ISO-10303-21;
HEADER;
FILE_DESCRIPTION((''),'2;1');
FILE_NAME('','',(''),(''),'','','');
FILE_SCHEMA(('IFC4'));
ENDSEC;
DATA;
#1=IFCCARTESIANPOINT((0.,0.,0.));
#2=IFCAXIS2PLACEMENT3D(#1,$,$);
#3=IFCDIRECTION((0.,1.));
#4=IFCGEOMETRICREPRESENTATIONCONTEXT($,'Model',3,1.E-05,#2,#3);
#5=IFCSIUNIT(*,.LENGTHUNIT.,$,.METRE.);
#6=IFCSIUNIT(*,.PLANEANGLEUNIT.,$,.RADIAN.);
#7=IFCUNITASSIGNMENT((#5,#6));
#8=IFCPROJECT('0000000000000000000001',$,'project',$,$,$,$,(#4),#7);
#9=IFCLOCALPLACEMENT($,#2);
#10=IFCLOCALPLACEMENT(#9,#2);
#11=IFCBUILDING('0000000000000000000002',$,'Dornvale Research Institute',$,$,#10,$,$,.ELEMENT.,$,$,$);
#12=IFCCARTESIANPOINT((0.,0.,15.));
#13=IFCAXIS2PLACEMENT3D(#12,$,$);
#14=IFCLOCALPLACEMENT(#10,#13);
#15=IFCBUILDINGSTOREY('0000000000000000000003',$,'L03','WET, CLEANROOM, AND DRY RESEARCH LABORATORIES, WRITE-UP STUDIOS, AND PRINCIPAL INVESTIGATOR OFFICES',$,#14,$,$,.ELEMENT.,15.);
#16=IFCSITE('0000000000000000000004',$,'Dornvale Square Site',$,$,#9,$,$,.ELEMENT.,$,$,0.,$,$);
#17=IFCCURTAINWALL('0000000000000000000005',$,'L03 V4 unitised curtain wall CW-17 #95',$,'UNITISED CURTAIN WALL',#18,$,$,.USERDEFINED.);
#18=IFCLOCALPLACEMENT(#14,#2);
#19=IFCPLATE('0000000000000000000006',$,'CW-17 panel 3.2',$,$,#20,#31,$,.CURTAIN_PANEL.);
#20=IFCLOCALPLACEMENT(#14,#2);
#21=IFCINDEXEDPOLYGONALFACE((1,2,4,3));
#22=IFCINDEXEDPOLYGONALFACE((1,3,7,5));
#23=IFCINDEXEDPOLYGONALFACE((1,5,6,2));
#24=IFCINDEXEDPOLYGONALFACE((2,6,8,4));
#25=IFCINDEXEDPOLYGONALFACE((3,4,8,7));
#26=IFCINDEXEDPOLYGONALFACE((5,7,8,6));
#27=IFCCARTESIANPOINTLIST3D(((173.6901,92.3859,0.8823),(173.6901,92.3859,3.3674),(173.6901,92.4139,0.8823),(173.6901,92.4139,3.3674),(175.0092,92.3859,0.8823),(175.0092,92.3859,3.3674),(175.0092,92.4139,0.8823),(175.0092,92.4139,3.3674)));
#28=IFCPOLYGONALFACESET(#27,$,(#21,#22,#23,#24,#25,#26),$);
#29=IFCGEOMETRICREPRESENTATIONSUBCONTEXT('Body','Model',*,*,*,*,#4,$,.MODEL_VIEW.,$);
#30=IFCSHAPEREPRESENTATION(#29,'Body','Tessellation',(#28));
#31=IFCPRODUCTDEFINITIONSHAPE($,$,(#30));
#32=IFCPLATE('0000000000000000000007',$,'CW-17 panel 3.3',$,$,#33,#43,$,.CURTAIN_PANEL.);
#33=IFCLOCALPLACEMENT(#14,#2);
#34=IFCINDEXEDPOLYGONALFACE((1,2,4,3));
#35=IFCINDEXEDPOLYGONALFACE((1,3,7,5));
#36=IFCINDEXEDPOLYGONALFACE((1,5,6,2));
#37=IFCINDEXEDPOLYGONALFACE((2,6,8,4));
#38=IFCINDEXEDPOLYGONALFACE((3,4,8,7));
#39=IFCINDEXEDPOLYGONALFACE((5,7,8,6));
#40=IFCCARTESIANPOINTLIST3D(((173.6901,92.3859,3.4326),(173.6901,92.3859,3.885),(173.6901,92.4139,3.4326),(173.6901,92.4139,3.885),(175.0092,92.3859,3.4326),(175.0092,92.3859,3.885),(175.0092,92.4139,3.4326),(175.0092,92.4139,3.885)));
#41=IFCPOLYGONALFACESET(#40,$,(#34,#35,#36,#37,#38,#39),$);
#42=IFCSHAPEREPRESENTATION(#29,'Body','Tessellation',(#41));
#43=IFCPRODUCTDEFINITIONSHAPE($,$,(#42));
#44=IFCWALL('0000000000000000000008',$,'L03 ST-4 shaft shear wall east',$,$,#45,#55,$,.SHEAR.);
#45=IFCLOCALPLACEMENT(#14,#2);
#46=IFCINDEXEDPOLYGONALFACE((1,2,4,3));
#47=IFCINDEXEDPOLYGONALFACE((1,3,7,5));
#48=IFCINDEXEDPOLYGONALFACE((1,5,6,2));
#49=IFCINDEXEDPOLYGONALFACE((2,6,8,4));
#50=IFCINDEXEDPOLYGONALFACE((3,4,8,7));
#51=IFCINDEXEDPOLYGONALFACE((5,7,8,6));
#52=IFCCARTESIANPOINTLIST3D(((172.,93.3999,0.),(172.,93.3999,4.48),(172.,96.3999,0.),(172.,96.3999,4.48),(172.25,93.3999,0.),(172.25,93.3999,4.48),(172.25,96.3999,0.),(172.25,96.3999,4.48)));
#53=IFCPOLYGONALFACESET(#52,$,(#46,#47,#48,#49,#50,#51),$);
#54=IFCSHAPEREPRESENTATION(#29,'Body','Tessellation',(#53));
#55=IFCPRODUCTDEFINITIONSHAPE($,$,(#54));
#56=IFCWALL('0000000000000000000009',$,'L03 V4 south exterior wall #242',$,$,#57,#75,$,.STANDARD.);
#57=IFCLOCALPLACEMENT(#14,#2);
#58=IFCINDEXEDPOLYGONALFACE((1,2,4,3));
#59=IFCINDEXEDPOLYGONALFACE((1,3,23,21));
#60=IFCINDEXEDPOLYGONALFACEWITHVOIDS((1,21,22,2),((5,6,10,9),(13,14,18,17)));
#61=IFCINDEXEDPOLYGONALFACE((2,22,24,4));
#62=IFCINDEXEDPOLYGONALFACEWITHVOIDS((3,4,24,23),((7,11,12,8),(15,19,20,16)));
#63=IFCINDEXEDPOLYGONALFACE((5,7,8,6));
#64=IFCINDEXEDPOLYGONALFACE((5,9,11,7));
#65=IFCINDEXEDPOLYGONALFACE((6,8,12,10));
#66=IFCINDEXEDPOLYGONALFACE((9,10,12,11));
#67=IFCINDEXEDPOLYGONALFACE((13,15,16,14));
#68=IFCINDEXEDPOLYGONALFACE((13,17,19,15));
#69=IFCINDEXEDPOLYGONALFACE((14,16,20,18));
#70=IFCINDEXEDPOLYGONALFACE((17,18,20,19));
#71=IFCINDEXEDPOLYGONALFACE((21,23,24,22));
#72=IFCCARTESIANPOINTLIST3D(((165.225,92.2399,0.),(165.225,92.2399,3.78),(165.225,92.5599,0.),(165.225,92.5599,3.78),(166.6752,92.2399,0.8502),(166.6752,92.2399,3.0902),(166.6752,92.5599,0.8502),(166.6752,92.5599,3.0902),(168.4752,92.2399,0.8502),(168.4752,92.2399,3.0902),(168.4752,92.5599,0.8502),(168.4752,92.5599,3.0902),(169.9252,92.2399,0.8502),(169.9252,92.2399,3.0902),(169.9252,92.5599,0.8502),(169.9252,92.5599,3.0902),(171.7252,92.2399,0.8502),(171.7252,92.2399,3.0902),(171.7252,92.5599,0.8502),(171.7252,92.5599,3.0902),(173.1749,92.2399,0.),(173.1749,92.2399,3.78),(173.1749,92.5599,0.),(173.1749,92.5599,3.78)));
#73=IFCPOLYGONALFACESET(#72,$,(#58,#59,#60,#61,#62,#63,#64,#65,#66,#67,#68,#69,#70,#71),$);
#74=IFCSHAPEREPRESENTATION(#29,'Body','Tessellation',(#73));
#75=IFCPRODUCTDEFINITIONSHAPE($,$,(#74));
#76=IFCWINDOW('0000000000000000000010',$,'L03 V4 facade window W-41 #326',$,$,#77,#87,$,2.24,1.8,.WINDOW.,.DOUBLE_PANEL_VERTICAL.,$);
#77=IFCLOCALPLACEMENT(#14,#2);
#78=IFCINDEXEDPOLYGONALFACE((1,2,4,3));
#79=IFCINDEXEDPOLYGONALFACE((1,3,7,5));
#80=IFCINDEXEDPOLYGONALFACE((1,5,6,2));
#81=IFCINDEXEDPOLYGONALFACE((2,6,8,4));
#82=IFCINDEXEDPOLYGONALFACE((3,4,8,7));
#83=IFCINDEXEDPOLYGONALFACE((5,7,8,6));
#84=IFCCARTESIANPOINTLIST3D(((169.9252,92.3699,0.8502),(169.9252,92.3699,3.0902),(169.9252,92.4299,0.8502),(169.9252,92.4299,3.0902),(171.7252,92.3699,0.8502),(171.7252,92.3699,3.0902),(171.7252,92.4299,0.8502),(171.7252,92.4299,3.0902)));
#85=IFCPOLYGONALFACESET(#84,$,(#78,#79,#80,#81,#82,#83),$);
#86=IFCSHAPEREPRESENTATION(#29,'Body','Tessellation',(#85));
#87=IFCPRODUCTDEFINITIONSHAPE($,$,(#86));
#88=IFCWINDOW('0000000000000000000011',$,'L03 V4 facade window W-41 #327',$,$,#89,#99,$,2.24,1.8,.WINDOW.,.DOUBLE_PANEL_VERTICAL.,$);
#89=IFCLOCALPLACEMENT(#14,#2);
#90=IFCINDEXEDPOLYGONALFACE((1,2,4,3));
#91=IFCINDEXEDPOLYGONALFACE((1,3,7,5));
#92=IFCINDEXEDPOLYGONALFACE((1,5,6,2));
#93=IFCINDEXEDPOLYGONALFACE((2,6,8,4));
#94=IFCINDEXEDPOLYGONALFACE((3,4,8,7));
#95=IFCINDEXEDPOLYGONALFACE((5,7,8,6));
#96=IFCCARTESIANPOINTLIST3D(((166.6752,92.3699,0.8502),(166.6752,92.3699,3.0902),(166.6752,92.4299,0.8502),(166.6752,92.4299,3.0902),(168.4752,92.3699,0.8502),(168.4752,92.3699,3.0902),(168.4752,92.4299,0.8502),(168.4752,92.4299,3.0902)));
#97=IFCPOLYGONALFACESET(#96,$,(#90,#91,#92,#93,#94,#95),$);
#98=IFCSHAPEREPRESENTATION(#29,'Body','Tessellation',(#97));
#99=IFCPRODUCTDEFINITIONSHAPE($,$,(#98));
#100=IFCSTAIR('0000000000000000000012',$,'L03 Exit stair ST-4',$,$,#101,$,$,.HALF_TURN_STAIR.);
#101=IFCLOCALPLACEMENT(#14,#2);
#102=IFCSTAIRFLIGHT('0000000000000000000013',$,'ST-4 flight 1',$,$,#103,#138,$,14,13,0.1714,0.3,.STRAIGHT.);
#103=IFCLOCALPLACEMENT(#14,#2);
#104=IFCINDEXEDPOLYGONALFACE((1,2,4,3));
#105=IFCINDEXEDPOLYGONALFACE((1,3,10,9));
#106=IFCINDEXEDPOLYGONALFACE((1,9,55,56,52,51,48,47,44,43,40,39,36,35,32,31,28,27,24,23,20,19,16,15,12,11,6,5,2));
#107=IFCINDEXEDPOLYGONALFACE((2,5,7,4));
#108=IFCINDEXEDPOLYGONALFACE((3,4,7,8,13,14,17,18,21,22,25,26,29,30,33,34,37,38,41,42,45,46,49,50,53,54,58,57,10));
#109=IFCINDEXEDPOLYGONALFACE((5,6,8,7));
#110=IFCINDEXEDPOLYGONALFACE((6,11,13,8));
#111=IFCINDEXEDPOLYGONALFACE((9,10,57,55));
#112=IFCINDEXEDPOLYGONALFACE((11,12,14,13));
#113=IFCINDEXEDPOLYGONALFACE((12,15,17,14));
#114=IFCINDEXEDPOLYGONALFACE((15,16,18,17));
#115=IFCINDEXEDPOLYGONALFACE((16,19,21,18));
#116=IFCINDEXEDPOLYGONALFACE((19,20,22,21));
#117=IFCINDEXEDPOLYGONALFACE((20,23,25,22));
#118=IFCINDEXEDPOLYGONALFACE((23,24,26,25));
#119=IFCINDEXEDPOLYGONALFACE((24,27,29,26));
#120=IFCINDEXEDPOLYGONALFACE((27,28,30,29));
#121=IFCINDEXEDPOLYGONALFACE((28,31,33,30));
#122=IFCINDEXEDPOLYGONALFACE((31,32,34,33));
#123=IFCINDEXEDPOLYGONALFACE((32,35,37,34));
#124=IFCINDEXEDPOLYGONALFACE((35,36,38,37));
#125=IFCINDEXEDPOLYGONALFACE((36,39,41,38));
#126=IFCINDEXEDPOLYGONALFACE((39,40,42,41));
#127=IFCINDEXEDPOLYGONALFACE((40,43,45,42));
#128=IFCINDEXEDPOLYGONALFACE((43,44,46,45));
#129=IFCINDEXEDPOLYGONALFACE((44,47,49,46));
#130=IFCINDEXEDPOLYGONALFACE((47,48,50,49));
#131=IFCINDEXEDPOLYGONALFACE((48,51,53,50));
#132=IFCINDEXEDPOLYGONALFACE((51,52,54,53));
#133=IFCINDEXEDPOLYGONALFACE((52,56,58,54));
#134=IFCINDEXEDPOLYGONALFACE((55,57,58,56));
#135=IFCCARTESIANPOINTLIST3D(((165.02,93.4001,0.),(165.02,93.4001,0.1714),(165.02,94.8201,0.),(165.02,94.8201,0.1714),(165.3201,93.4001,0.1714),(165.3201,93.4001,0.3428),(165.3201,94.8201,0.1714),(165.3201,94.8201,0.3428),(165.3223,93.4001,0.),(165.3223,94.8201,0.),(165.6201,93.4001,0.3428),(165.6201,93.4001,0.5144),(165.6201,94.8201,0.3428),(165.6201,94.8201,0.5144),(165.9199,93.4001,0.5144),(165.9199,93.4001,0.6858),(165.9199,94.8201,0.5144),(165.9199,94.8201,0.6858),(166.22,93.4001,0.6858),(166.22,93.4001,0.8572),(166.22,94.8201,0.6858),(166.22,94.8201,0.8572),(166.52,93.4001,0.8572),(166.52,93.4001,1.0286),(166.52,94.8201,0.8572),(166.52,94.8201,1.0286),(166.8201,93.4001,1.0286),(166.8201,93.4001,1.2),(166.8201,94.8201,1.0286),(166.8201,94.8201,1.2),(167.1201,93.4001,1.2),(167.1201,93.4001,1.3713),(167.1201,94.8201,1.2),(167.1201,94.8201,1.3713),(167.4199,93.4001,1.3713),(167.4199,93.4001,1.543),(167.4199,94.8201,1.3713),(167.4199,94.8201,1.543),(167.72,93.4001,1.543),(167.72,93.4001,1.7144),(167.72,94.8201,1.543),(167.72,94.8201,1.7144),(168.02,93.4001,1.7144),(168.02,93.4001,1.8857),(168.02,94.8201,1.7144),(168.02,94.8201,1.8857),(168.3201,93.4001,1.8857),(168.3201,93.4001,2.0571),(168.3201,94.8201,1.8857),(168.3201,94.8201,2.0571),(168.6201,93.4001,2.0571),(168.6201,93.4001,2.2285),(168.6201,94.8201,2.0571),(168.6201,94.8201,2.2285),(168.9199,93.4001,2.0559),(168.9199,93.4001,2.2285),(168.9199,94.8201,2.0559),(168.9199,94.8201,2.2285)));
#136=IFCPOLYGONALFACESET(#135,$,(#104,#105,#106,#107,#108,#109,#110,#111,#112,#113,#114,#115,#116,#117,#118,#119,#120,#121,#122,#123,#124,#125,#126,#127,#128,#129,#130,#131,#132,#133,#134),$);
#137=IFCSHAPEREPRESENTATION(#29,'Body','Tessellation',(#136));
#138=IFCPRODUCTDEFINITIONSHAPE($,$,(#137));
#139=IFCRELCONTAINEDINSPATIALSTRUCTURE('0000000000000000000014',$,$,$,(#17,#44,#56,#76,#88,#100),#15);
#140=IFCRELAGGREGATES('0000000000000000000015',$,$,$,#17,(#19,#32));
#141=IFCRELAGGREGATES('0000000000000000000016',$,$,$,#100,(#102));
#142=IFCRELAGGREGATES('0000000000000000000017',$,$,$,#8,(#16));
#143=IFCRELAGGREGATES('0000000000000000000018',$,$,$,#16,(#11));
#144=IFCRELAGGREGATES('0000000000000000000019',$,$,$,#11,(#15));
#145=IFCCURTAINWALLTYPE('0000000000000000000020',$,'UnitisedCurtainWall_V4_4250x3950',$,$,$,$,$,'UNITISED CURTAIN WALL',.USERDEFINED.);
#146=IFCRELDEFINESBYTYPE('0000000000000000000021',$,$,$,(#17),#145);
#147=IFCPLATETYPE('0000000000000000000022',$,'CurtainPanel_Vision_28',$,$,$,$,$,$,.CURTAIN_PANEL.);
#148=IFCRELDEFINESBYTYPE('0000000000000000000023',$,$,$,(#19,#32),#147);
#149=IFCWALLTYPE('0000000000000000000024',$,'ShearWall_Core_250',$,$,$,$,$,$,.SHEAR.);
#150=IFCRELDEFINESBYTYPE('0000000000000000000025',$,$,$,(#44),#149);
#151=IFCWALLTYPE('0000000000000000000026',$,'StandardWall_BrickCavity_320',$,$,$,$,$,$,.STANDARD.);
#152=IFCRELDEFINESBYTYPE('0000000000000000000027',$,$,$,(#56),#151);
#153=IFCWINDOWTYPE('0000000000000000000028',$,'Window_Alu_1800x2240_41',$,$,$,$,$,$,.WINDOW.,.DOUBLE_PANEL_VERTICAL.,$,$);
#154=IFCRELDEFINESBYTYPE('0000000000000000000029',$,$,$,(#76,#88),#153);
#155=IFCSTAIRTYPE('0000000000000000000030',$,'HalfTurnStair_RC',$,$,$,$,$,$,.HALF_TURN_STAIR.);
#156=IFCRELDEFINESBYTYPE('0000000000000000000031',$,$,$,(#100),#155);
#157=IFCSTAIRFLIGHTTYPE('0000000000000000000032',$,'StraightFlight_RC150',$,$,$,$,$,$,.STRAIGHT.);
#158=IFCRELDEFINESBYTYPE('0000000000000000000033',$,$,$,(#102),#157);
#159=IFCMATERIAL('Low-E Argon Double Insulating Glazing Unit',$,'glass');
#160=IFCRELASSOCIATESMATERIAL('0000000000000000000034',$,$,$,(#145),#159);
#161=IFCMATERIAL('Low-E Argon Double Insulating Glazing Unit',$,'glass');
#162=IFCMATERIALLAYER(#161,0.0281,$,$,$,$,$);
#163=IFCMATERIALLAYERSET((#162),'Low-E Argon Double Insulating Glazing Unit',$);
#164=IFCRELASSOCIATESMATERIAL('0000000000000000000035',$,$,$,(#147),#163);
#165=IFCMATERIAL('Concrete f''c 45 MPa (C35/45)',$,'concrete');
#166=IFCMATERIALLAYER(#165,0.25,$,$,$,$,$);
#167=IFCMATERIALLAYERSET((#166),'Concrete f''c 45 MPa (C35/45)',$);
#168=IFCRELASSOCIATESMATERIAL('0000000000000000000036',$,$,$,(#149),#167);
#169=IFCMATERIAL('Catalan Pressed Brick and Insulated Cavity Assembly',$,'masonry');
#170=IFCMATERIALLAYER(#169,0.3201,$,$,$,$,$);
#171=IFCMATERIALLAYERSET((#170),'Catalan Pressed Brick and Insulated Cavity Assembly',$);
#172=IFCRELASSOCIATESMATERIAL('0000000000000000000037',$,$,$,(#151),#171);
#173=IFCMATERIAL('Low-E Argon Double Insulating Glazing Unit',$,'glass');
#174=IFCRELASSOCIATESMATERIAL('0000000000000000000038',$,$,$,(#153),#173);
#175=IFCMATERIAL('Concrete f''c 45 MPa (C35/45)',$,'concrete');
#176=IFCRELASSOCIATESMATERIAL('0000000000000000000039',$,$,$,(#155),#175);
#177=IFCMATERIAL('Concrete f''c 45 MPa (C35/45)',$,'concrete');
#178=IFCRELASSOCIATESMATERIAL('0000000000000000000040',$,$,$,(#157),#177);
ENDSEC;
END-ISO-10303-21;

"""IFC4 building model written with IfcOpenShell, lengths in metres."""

from ifc_helpers import new_model, si_unit, direction, frame, frame_2d, origin, origin_2d, place, context, subcontext, project, spatial, polyline, rectangle, outline, extrude, material, layer, layer_set, type_object, element, fill, aggregate, save


model = new_model("IFC4")

# Units and contexts
model_context = context("Model", 3, precision=1e-05, world=origin(), true_north=direction((0.0, 1.0)))
body_context = subcontext(model_context, "Body", "Model", "MODEL_VIEW")
ifc_project = project(units=[si_unit("LENGTHUNIT", "METRE"), si_unit("PLANEANGLEUNIT", "RADIAN")], contexts=[model_context])

# Site, building, storey
site_placement = place(None, origin())
site = spatial("IfcSite", under=ifc_project, at=site_placement, Name="Dornvale Square Site", CompositionType="ELEMENT", RefElevation=0.0)
building_placement = place(site_placement, origin())
building = spatial("IfcBuilding", under=site, at=building_placement, Name="Dornvale Research Institute", CompositionType="ELEMENT")
storey_placement = place(building_placement, frame((0.0, 0.0, 15.0)))
storey = spatial("IfcBuildingStorey", under=building, at=storey_placement, Name="L03", Description="WET, CLEANROOM, AND DRY RESEARCH LABORATORIES, WRITE-UP STUDIOS, AND PRINCIPAL INVESTIGATOR OFFICES", CompositionType="ELEMENT", Elevation=15.0)

# Curtain wall
ifc_material_1 = material(Name="Low-E Argon Double Insulating Glazing Unit", Category="glass")
curtain_wall_type = type_object("IfcCurtainWallType", Name="UnitisedCurtainWall_V4_4250x3950", ElementType="UNITISED CURTAIN WALL", PredefinedType="USERDEFINED", material=ifc_material_1)
curtain_wall_placement = place(storey_placement, origin())
curtain_wall = element("IfcCurtainWall", 1, at=curtain_wall_placement, inside=storey, type_object=curtain_wall_type, Name="L03 V4 unitised curtain wall CW-17 #95", ObjectType="UNITISED CURTAIN WALL", PredefinedType="USERDEFINED")

# Plates
ifc_material_2 = material(Name="Low-E Argon Double Insulating Glazing Unit", Category="glass")
ifc_layer_1 = layer(ifc_material_2, 0.0281)
ifc_layer_set_1 = layer_set([ifc_layer_1], Name="Low-E Argon Double Insulating Glazing Unit")
plate_type_1 = type_object("IfcPlateType", Name="CurtainPanel_Vision_28", PredefinedType="CURTAIN_PANEL", material=ifc_layer_set_1)
plate_1_placement = place(storey_placement, frame((174.3496, 92.3999, 0.8823), z_axis=(0.0, 0.0, 1.0), x_axis=(-1.0, 0.0, 0.0)))
plate_1 = element("IfcPlate", 2, at=plate_1_placement, type_object=plate_type_1, Name="CW-17 panel 3.2", PredefinedType="CURTAIN_PANEL", context=body_context, shape_type="SweptSolid", body=[
    extrude(rectangle(XDim=1.3191, YDim=0.0281, at=origin_2d()), origin(), (0.0, 0.0, 1.0), 2.4851),
])
plate_2_placement = place(storey_placement, frame((174.3496, 92.3999, 3.4326), z_axis=(0.0, 0.0, 1.0), x_axis=(-1.0, 0.0, 0.0)))
plate_2 = element("IfcPlate", 3, at=plate_2_placement, type_object=plate_type_1, Name="CW-17 panel 3.3", PredefinedType="CURTAIN_PANEL", context=body_context, shape_type="SweptSolid", body=[
    extrude(rectangle(XDim=1.3191, YDim=0.0281, at=origin_2d()), origin(), (0.0, 0.0, 1.0), 0.4524),
])
aggregate(curtain_wall, [plate_1, plate_2])

# Wall
ifc_material_3 = material(Name="Concrete f'c 45 MPa (C35/45)", Category="concrete")
ifc_layer_2 = layer(ifc_material_3, 0.25)
ifc_layer_set_2 = layer_set([ifc_layer_2], Name="Concrete f'c 45 MPa (C35/45)")
wall_type_1 = type_object("IfcWallType", Name="ShearWall_Core_250", PredefinedType="SHEAR", material=ifc_layer_set_2)
wall_1_placement = place(storey_placement, frame((172.125, 93.3999, 0.0), z_axis=(0.0, 0.0, 1.0), x_axis=(0.0, 1.0, 0.0)))
element("IfcWall", 4, at=wall_1_placement, inside=storey, type_object=wall_type_1, Name="L03 ST-4 shaft shear wall east", PredefinedType="SHEAR", context=body_context, shape_type="SweptSolid", body=[
    extrude(rectangle(XDim=3.0, YDim=0.25, at=frame_2d((1.5, 0.0))), origin(), (0.0, 0.0, 1.0), 4.48),
])

# Wall, openings, windows
ifc_material_4 = material(Name="Catalan Pressed Brick and Insulated Cavity Assembly", Category="masonry")
ifc_layer_3 = layer(ifc_material_4, 0.3201)
ifc_layer_set_3 = layer_set([ifc_layer_3], Name="Catalan Pressed Brick and Insulated Cavity Assembly")
wall_type_2 = type_object("IfcWallType", Name="StandardWall_BrickCavity_320", PredefinedType="STANDARD", material=ifc_layer_set_3)
wall_2_placement = place(storey_placement, frame((173.175, 92.3999, 0.0), z_axis=(0.0, 0.0, 1.0), x_axis=(-1.0, 0.0, 0.0)))
wall_2 = element("IfcWall", 5, at=wall_2_placement, inside=storey, type_object=wall_type_2, Name="L03 V4 south exterior wall #242", PredefinedType="STANDARD", context=body_context, shape_type="SweptSolid", body=[
    extrude(rectangle(XDim=7.95, YDim=0.3201, at=frame_2d((3.9751, 0.0))), origin(), (0.0, 0.0, 1.0), 3.78),
])
opening_1_placement = place(wall_2_placement, frame((1.45, 0.0, 0.8501)))
opening_1 = element("IfcOpeningElement", 6, at=opening_1_placement, cuts=wall_2, PredefinedType="OPENING", context=body_context, shape_type="SweptSolid", body=[
    extrude(rectangle(XDim=1.8, YDim=2.24, at=frame_2d((0.8999, 1.1201))), frame((0.0, 0.175, 0.0), z_axis=(0.0, -1.0, 0.0), x_axis=(1.0, 0.0, 0.0)), (0.0, 0.0, 1.0), 0.3501),
])
opening_2_placement = place(wall_2_placement, frame((4.7, 0.0, 0.8501)))
opening_2 = element("IfcOpeningElement", 7, at=opening_2_placement, cuts=wall_2, PredefinedType="OPENING", context=body_context, shape_type="SweptSolid", body=[
    extrude(rectangle(XDim=1.8, YDim=2.24, at=frame_2d((0.8999, 1.1201))), frame((0.0, 0.175, 0.0), z_axis=(0.0, -1.0, 0.0), x_axis=(1.0, 0.0, 0.0)), (0.0, 0.0, 1.0), 0.3501),
])
ifc_material_5 = material(Name="Low-E Argon Double Insulating Glazing Unit", Category="glass")
window_type = type_object("IfcWindowType", Name="Window_Alu_1800x2240_41", PartitioningType="DOUBLE_PANEL_VERTICAL", PredefinedType="WINDOW", material=ifc_material_5)
window_1_placement = place(opening_1_placement, origin())
window_1 = element("IfcWindow", 8, at=window_1_placement, inside=storey, type_object=window_type, Name="L03 V4 facade window W-41 #326", OverallHeight=2.24, OverallWidth=1.8, PartitioningType="DOUBLE_PANEL_VERTICAL", PredefinedType="WINDOW", context=body_context, shape_type="SweptSolid", body=[
    extrude(rectangle(XDim=1.8, YDim=2.24, at=frame_2d((0.8999, 1.1201))), frame((0.0, 0.03, 0.0), z_axis=(0.0, -1.0, 0.0), x_axis=(1.0, 0.0, 0.0)), (0.0, 0.0, 1.0), 0.0601),
])
fill(opening_1, window_1)
window_2_placement = place(opening_2_placement, origin())
window_2 = element("IfcWindow", 9, at=window_2_placement, inside=storey, type_object=window_type, Name="L03 V4 facade window W-41 #327", OverallHeight=2.24, OverallWidth=1.8, PartitioningType="DOUBLE_PANEL_VERTICAL", PredefinedType="WINDOW", context=body_context, shape_type="SweptSolid", body=[
    extrude(rectangle(XDim=1.8, YDim=2.24, at=frame_2d((0.8999, 1.1201))), frame((0.0, 0.03, 0.0), z_axis=(0.0, -1.0, 0.0), x_axis=(1.0, 0.0, 0.0)), (0.0, 0.0, 1.0), 0.0601),
])
fill(opening_2, window_2)

# Stair, stair flight
ifc_material_6 = material(Name="Concrete f'c 45 MPa (C35/45)", Category="concrete")
stair_type = type_object("IfcStairType", Name="HalfTurnStair_RC", PredefinedType="HALF_TURN_STAIR", material=ifc_material_6)
stair_placement = place(storey_placement, origin())
stair = element("IfcStair", 10, at=stair_placement, inside=storey, type_object=stair_type, Name="L03 Exit stair ST-4", PredefinedType="HALF_TURN_STAIR")
ifc_material_7 = material(Name="Concrete f'c 45 MPa (C35/45)", Category="concrete")
stair_flight_type = type_object("IfcStairFlightType", Name="StraightFlight_RC150", PredefinedType="STRAIGHT", material=ifc_material_7)
stair_flight_placement = place(storey_placement, frame((165.02, 94.1101, 0.0), z_axis=(0.0, 0.0, 1.0), x_axis=(1.0, 0.0, 0.0)))
stair_flight = element("IfcStairFlight", 11, at=stair_flight_placement, type_object=stair_flight_type, Name="ST-4 flight 1", NumberOfRisers=14, NumberOfTreads=13, PredefinedType="STRAIGHT", RiserHeight=0.1714, TreadLength=0.3, context=body_context, shape_type="SweptSolid", body=[
    extrude(outline(polyline([(0.0, 0.0), (0.0, 0.1714), (0.3, 0.1714), (0.3, 0.3428), (0.6001, 0.3428), (0.6001, 0.5144), (0.8999, 0.5144), (0.8999, 0.6858), (1.2, 0.6858), (1.2, 0.8572), (1.5, 0.8572), (1.5, 1.0286), (1.8, 1.0286), (1.8, 1.2), (2.1001, 1.2), (2.1001, 1.3713), (2.3999, 1.3713), (2.3999, 1.543), (2.7, 1.543), (2.7, 1.7144), (3.0, 1.7144), (3.0, 1.8857), (3.3, 1.8857), (3.3, 2.0571), (3.6001, 2.0571), (3.6001, 2.2285), (3.8999, 2.2285), (3.8999, 2.3999), (3.8999, 2.0559), (0.3022, 0.0), (0.0, 0.0)])), frame((0.0, 0.71, 0.0), z_axis=(0.0, -1.0, 0.0), x_axis=(1.0, 0.0, 0.0)), (0.0, 0.0, 1.0), 1.4199),
])
aggregate(stair, [stair_flight])

save(model, "model.ifc")
